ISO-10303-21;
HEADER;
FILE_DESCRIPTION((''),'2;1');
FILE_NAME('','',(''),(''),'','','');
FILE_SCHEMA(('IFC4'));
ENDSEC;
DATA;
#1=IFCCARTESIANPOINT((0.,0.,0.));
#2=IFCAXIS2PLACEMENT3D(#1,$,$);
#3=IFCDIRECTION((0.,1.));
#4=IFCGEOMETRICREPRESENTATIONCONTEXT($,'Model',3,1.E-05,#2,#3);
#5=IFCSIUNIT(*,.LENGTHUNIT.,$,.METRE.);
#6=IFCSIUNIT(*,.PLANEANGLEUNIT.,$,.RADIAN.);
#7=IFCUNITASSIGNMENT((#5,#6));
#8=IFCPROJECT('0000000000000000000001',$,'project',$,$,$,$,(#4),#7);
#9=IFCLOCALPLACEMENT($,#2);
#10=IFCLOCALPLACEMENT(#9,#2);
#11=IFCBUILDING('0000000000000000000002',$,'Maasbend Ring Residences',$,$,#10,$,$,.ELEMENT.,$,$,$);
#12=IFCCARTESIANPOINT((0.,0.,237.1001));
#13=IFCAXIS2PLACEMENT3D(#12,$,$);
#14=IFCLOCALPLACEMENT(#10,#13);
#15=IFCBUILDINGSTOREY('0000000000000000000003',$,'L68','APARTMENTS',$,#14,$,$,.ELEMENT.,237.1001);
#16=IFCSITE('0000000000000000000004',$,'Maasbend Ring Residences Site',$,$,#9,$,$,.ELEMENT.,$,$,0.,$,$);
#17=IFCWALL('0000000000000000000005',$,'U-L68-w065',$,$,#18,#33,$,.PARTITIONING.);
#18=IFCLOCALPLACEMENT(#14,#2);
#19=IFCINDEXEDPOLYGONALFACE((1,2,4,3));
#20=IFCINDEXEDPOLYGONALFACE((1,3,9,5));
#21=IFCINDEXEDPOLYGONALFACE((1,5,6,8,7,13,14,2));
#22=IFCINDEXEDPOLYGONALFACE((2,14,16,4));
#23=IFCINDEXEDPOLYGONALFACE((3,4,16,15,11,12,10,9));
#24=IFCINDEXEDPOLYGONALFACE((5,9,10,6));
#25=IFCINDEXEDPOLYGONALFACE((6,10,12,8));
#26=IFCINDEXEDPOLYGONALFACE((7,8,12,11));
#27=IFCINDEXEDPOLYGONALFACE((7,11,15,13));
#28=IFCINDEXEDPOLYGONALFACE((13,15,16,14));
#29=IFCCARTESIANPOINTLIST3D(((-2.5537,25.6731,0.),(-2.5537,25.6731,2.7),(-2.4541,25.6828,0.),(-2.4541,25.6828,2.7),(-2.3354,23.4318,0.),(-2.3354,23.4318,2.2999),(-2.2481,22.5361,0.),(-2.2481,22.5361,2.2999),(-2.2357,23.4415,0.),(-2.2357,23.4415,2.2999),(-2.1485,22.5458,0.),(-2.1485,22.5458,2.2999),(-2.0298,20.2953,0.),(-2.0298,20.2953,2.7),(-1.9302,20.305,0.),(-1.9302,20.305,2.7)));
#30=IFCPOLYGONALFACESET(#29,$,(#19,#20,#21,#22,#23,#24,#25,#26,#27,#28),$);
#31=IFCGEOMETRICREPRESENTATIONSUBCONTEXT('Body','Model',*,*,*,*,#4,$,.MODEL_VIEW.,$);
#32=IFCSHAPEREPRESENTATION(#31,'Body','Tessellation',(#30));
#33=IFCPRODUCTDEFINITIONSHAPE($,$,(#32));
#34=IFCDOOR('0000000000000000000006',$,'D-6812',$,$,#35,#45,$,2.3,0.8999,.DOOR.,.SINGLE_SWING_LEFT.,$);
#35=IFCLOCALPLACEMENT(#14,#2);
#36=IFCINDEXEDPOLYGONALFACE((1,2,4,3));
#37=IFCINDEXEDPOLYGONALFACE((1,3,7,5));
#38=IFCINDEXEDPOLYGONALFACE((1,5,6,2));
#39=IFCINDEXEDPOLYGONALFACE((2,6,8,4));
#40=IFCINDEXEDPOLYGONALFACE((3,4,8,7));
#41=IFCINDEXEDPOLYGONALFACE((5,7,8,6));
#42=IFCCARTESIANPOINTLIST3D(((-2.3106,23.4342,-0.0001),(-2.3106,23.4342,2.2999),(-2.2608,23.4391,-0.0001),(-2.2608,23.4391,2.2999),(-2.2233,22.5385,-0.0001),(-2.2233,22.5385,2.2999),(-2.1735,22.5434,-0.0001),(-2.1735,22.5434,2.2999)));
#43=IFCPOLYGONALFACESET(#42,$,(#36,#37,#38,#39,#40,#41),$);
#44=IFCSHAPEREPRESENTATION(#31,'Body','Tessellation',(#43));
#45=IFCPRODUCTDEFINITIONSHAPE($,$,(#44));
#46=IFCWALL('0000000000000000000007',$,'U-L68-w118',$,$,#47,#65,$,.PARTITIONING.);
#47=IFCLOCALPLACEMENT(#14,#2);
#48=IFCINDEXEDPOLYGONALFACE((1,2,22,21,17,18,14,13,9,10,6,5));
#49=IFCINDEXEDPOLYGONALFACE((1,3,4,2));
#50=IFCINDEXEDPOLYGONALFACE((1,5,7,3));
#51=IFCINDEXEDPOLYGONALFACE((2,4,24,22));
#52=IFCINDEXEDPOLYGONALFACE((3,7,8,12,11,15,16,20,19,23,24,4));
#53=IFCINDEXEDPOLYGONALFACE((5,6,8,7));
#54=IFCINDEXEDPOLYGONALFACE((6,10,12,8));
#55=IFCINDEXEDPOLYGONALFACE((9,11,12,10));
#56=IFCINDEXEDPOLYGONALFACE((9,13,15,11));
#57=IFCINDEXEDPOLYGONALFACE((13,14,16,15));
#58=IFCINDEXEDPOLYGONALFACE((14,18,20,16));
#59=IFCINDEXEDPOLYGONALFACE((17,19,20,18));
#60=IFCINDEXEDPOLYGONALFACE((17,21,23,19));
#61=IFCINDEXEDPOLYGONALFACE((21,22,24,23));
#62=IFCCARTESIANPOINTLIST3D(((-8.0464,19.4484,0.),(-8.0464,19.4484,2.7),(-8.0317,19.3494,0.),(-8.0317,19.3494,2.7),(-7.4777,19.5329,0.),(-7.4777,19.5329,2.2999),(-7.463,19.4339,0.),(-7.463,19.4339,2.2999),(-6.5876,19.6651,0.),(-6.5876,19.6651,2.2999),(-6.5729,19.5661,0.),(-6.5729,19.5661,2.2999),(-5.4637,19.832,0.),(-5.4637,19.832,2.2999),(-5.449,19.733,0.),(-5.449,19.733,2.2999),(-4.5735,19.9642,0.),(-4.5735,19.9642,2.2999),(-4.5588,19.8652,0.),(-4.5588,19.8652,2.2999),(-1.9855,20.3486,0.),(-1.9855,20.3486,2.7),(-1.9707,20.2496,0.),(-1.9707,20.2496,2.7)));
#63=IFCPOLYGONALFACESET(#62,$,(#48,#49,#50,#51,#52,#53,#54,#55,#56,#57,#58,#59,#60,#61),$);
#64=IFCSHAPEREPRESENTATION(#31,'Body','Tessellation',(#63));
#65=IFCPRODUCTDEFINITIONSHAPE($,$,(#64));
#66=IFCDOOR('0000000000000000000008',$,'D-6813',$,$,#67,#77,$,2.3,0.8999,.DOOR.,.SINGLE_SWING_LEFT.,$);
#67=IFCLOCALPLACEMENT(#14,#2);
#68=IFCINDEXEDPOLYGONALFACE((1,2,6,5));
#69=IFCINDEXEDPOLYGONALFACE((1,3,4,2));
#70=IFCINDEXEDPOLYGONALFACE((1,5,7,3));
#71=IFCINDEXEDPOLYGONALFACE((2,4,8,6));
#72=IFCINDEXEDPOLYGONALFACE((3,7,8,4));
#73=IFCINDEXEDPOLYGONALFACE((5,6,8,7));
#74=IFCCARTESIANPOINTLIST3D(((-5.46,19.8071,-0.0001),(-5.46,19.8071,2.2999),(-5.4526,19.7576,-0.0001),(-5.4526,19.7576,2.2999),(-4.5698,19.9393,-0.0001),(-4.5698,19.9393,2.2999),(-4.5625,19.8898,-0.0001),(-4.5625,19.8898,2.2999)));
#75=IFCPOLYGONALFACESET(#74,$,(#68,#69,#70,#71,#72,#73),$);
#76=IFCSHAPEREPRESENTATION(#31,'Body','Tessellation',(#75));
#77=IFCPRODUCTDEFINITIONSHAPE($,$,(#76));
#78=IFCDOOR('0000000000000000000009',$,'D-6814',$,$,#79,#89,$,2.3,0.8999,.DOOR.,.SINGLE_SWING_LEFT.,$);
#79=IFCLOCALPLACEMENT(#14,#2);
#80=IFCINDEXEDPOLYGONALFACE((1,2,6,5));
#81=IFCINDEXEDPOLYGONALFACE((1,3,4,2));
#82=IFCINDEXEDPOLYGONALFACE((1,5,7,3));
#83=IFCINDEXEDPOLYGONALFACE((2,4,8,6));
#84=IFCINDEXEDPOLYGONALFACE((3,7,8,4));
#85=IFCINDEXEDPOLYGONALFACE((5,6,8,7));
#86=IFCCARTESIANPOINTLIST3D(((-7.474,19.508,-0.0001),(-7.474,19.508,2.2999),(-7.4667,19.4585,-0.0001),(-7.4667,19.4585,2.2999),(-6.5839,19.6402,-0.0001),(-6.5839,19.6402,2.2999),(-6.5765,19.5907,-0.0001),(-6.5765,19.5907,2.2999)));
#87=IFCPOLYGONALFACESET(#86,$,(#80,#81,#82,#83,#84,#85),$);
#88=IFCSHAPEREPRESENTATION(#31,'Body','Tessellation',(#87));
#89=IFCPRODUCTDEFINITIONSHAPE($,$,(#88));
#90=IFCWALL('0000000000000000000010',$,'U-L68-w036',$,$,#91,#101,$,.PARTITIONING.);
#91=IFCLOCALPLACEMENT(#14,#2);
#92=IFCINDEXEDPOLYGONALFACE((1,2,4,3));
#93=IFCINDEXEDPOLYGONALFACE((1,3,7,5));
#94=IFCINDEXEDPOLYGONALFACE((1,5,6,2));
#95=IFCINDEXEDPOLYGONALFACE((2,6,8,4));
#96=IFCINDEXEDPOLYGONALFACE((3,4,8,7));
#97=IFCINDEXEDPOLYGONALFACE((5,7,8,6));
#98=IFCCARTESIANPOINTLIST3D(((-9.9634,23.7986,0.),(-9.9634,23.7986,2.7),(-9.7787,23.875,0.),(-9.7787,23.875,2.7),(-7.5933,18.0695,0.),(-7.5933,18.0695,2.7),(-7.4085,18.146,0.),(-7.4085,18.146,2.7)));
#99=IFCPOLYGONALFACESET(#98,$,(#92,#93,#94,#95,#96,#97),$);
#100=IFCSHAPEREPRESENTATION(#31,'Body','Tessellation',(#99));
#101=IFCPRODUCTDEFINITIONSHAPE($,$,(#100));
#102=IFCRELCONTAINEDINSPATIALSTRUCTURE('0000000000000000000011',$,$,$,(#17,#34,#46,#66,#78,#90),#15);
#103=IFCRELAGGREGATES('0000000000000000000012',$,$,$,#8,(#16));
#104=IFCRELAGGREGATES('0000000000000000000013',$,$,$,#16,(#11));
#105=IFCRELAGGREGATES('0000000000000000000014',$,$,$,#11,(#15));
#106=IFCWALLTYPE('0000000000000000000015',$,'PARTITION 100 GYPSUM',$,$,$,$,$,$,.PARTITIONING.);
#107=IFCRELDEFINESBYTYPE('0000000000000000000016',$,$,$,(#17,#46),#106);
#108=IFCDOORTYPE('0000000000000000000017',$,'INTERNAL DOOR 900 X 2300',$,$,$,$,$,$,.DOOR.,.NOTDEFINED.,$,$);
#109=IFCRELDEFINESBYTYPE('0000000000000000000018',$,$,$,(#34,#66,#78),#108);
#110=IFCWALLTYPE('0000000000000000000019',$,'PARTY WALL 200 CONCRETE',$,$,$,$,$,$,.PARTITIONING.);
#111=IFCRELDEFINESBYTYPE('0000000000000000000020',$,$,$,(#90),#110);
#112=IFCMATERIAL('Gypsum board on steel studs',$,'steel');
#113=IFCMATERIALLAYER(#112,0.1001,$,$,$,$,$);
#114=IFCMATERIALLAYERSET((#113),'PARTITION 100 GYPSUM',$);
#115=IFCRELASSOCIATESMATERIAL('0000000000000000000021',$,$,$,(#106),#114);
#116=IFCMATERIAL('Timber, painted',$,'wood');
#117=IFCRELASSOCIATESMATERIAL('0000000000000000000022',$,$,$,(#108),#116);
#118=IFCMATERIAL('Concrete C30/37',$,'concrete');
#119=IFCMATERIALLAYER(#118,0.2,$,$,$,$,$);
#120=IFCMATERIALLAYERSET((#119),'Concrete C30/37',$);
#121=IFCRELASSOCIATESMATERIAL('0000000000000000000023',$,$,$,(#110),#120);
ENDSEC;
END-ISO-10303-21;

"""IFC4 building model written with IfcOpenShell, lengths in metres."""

from ifc_helpers import new_model, si_unit, direction, frame, frame_2d, origin, place, context, subcontext, project, spatial, rectangle, extrude, material, layer, layer_set, type_object, element, fill, save


model = new_model("IFC4")

# Units and contexts
model_context = context("Model", 3, precision=1e-05, world=origin(), true_north=direction((0.0, 1.0)))
body_context = subcontext(model_context, "Body", "Model", "MODEL_VIEW")
ifc_project = project(units=[si_unit("LENGTHUNIT", "METRE"), si_unit("PLANEANGLEUNIT", "RADIAN")], contexts=[model_context])

# Site, building, storey
site_placement = place(None, origin())
site = spatial("IfcSite", under=ifc_project, at=site_placement, Name="Maasbend Ring Residences Site", CompositionType="ELEMENT", RefElevation=0.0)
building_placement = place(site_placement, origin())
building = spatial("IfcBuilding", under=site, at=building_placement, Name="Maasbend Ring Residences", CompositionType="ELEMENT")
storey_placement = place(building_placement, frame((0.0, 0.0, 237.1001)))
storey = spatial("IfcBuildingStorey", under=building, at=storey_placement, Name="L68", Description="APARTMENTS", CompositionType="ELEMENT", Elevation=237.1001)

# Shared definitions
ifc_material_1 = material(Name="Gypsum board on steel studs", Category="steel")
ifc_layer_1 = layer(ifc_material_1, 0.1001)
ifc_layer_set_1 = layer_set([ifc_layer_1], Name="PARTITION 100 GYPSUM")
wall_type_1 = type_object("IfcWallType", Name="PARTITION 100 GYPSUM", PredefinedType="PARTITIONING", material=ifc_layer_set_1)

# Wall, opening, door
wall_1_placement = place(storey_placement, frame((-2.5039, 25.678, 0.0), z_axis=(0.0, 0.0, 1.0), x_axis=(0.096962, -0.995288, 0.0)))
wall_1 = element("IfcWall", 1, at=wall_1_placement, inside=storey, type_object=wall_type_1, Name="U-L68-w065", PredefinedType="PARTITIONING", context=body_context, shape_type="SweptSolid", body=[
    extrude(rectangle(XDim=5.4033, YDim=0.1001, at=frame_2d((2.7017, 0.0))), origin(), (0.0, 0.0, 1.0), 2.7),
])
opening_1_placement = place(wall_1_placement, frame((2.252, 0.0, 0.0)))
opening_1 = element("IfcOpeningElement", 2, at=opening_1_placement, cuts=wall_1, PredefinedType="OPENING", context=body_context, shape_type="SweptSolid", body=[
    extrude(rectangle(XDim=0.8999, YDim=2.3, at=frame_2d((0.45, 1.1499))), frame((0.0, 0.0601, 0.0), z_axis=(0.0, -1.0, 0.0), x_axis=(1.0, 0.0, 0.0)), (0.0, 0.0, 1.0), 0.1201),
])
ifc_material_2 = material(Name="Timber, painted", Category="wood")
door_type_1 = type_object("IfcDoorType", Name="INTERNAL DOOR 900 X 2300", OperationType="NOTDEFINED", PredefinedType="DOOR", material=ifc_material_2)
door_1_placement = place(opening_1_placement, origin())
door_1 = element("IfcDoor", 3, at=door_1_placement, inside=storey, type_object=door_type_1, Name="D-6812", OperationType="SINGLE_SWING_LEFT", OverallHeight=2.3, OverallWidth=0.8999, PredefinedType="DOOR", context=body_context, shape_type="SweptSolid", body=[
    extrude(rectangle(XDim=0.8999, YDim=2.3, at=frame_2d((0.45, 1.1499))), frame((0.0, 0.0249, 0.0), z_axis=(0.0, -1.0, 0.0), x_axis=(1.0, 0.0, 0.0)), (0.0, 0.0, 1.0), 0.05),
])
fill(opening_1, door_1)

# Wall, openings, doors
wall_2_placement = place(storey_placement, frame((-8.0391, 19.3989, 0.0), z_axis=(0.0, 0.0, 1.0), x_axis=(0.989151, 0.146902, 0.0)))
wall_2 = element("IfcWall", 4, at=wall_2_placement, inside=storey, type_object=wall_type_1, Name="U-L68-w118", PredefinedType="PARTITIONING", context=body_context, shape_type="SweptSolid", body=[
    extrude(rectangle(XDim=6.1274, YDim=0.1001, at=frame_2d((3.0637, 0.0))), origin(), (0.0, 0.0, 1.0), 2.7),
])
opening_2_placement = place(wall_2_placement, frame((2.6111, 0.0, 0.0)))
opening_2 = element("IfcOpeningElement", 5, at=opening_2_placement, cuts=wall_2, PredefinedType="OPENING", context=body_context, shape_type="SweptSolid", body=[
    extrude(rectangle(XDim=0.8999, YDim=2.3, at=frame_2d((0.45, 1.1499))), frame((0.0, 0.0601, 0.0), z_axis=(0.0, -1.0, 0.0), x_axis=(1.0, 0.0, 0.0)), (0.0, 0.0, 1.0), 0.1201),
])
opening_3_placement = place(wall_2_placement, frame((0.575, 0.0, 0.0)))
opening_3 = element("IfcOpeningElement", 6, at=opening_3_placement, cuts=wall_2, PredefinedType="OPENING", context=body_context, shape_type="SweptSolid", body=[
    extrude(rectangle(XDim=0.8999, YDim=2.3, at=frame_2d((0.45, 1.1499))), frame((0.0, 0.0601, 0.0), z_axis=(0.0, -1.0, 0.0), x_axis=(1.0, 0.0, 0.0)), (0.0, 0.0, 1.0), 0.1201),
])
door_2_placement = place(opening_2_placement, origin())
door_2 = element("IfcDoor", 7, at=door_2_placement, inside=storey, type_object=door_type_1, Name="D-6813", OperationType="SINGLE_SWING_LEFT", OverallHeight=2.3, OverallWidth=0.8999, PredefinedType="DOOR", context=body_context, shape_type="SweptSolid", body=[
    extrude(rectangle(XDim=0.8999, YDim=2.3, at=frame_2d((0.45, 1.1499))), frame((0.0, 0.0249, 0.0), z_axis=(0.0, -1.0, 0.0), x_axis=(1.0, 0.0, 0.0)), (0.0, 0.0, 1.0), 0.05),
])
fill(opening_2, door_2)
door_3_placement = place(opening_3_placement, origin())
door_3 = element("IfcDoor", 8, at=door_3_placement, inside=storey, type_object=door_type_1, Name="D-6814", OperationType="SINGLE_SWING_LEFT", OverallHeight=2.3, OverallWidth=0.8999, PredefinedType="DOOR", context=body_context, shape_type="SweptSolid", body=[
    extrude(rectangle(XDim=0.8999, YDim=2.3, at=frame_2d((0.45, 1.1499))), frame((0.0, 0.0249, 0.0), z_axis=(0.0, -1.0, 0.0), x_axis=(1.0, 0.0, 0.0)), (0.0, 0.0, 1.0), 0.05),
])
fill(opening_3, door_3)

# Wall
ifc_material_3 = material(Name="Concrete C30/37", Category="concrete")
ifc_layer_2 = layer(ifc_material_3, 0.2)
ifc_layer_set_2 = layer_set([ifc_layer_2], Name="Concrete C30/37")
wall_type_2 = type_object("IfcWallType", Name="PARTY WALL 200 CONCRETE", PredefinedType="PARTITIONING", material=ifc_layer_set_2)
wall_3_placement = place(storey_placement, frame((-9.8711, 23.8369, 0.0), z_axis=(0.0, 0.0, 1.0), x_axis=(0.382282, -0.924046, 0.0)))
element("IfcWall", 9, at=wall_3_placement, inside=storey, type_object=wall_type_2, Name="U-L68-w036", PredefinedType="PARTITIONING", context=body_context, shape_type="SweptSolid", body=[
    extrude(rectangle(XDim=6.2, YDim=0.2, at=frame_2d((3.1001, 0.0))), origin(), (0.0, 0.0, 1.0), 2.7),
])

save(model, "model.ifc")
